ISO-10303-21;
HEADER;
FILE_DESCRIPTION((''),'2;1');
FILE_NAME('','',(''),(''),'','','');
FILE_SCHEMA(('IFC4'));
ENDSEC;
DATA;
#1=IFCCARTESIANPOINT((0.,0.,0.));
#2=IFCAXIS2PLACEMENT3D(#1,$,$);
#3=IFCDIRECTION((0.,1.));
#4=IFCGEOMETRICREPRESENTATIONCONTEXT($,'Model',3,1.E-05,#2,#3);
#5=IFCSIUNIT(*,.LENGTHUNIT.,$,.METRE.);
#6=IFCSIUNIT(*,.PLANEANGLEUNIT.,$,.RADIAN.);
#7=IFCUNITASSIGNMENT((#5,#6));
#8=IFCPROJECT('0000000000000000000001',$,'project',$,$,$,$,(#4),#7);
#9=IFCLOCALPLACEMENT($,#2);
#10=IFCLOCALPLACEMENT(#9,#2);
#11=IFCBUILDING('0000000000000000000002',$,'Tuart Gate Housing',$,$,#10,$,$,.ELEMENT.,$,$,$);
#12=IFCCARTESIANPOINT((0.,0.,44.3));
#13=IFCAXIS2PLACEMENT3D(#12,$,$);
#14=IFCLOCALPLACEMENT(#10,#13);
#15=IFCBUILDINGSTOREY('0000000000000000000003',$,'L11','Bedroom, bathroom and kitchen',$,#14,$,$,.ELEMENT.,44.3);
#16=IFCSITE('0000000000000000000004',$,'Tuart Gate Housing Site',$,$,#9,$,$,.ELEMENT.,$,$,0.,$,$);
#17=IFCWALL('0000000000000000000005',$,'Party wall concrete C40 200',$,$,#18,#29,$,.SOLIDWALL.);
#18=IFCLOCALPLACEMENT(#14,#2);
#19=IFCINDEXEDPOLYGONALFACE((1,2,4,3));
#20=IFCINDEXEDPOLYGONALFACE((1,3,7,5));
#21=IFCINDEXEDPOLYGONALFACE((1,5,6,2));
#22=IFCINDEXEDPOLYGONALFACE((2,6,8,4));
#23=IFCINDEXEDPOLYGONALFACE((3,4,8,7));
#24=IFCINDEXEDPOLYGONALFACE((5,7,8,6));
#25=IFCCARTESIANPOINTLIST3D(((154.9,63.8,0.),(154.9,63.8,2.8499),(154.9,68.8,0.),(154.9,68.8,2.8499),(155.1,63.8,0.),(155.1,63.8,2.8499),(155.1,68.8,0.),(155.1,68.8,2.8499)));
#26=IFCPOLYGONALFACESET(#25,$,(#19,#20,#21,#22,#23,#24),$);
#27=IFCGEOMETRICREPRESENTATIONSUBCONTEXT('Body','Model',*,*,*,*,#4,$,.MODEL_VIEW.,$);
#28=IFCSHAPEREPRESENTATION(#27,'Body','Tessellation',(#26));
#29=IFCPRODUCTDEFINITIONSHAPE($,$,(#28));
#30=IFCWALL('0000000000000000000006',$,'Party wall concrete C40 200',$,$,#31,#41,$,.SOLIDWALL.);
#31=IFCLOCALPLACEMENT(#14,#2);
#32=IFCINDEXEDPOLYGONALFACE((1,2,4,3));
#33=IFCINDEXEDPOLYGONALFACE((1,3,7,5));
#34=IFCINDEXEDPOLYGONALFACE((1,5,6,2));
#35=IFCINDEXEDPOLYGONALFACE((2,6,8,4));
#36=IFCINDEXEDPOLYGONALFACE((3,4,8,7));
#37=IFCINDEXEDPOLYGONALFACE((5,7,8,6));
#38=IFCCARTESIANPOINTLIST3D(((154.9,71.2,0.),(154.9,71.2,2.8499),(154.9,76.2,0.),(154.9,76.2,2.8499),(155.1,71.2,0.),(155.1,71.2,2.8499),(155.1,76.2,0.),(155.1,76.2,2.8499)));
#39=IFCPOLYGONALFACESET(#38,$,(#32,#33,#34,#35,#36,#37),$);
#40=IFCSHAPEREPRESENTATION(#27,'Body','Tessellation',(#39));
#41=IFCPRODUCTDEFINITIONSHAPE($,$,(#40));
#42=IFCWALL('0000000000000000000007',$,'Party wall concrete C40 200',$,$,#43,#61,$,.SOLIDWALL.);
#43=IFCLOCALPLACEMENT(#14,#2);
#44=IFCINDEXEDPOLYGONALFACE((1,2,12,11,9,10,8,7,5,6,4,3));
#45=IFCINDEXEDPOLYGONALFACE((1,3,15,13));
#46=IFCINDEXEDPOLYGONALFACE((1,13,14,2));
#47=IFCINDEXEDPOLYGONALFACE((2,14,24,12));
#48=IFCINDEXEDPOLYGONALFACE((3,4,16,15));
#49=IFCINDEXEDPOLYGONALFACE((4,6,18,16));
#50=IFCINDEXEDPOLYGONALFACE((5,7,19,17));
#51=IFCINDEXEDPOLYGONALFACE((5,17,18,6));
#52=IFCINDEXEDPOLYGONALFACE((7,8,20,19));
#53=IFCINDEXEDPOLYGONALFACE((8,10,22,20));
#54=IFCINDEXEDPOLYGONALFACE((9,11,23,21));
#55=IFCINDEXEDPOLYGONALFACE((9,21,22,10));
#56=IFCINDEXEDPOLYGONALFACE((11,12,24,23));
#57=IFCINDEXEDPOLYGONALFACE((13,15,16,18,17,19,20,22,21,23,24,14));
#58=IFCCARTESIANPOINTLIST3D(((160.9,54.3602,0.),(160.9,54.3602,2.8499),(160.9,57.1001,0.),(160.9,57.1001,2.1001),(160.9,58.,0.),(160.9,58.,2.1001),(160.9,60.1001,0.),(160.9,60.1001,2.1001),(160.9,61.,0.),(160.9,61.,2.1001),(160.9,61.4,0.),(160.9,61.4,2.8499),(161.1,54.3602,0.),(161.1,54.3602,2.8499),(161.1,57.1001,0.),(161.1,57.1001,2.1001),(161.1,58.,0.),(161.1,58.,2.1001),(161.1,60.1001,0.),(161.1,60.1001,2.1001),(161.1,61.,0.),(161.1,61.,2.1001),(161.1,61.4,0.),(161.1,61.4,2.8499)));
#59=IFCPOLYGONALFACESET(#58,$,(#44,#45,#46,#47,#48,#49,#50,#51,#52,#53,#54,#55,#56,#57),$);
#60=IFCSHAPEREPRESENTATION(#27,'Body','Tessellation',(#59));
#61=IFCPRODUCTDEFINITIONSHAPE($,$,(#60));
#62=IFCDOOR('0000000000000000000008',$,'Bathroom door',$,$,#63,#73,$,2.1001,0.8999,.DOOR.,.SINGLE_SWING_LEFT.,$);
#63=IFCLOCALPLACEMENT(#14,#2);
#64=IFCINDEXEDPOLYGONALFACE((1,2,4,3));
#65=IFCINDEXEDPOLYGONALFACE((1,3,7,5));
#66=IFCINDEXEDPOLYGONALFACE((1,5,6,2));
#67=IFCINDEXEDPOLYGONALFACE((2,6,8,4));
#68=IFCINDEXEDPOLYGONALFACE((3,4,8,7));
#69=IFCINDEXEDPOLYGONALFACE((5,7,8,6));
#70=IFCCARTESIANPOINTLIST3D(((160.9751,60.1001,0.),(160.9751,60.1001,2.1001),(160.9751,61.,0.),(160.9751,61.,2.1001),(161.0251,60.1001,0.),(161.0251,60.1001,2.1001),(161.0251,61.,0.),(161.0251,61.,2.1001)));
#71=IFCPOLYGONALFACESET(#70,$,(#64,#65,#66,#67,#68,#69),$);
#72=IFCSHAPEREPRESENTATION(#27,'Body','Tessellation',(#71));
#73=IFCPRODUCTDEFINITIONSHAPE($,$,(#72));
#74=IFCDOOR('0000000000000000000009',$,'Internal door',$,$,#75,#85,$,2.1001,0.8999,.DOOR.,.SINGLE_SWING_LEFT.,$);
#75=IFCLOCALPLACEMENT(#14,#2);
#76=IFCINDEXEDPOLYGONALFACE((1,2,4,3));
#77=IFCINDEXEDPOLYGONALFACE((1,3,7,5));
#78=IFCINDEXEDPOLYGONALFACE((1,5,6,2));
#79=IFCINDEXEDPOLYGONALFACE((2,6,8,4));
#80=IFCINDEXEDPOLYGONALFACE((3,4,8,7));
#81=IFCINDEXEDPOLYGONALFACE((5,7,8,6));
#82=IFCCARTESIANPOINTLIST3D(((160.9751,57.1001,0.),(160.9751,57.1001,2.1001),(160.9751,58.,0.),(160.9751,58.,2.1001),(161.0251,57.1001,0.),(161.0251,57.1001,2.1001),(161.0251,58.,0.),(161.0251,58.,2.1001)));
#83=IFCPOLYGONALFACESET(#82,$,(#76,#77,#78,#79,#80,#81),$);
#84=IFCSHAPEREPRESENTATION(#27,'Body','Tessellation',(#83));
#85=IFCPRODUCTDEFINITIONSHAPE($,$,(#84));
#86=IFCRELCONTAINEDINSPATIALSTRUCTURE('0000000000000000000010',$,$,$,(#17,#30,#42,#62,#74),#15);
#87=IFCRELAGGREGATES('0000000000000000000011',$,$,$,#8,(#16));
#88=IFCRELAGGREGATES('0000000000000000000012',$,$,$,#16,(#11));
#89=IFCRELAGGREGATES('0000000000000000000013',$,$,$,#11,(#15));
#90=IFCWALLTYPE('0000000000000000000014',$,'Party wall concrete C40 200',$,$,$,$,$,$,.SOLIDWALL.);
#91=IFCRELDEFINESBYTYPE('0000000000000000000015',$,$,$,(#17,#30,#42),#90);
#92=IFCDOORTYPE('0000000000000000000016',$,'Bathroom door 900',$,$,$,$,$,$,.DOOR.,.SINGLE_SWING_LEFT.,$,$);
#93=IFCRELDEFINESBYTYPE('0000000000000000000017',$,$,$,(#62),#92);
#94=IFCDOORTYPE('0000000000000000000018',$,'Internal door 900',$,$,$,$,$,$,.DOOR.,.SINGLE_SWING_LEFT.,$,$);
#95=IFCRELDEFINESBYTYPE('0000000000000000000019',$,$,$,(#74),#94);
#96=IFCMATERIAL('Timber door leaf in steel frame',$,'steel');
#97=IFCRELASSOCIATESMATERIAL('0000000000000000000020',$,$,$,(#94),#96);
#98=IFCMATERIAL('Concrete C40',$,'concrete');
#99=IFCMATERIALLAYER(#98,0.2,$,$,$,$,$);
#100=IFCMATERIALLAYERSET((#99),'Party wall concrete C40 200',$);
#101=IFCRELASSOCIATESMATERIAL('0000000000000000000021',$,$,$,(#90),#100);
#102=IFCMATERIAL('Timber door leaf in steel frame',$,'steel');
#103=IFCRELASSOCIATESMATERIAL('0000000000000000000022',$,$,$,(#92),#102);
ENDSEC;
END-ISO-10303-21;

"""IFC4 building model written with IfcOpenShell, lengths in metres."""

from ifc_helpers import new_model, si_unit, direction, frame, frame_2d, origin, place, context, subcontext, project, spatial, rectangle, extrude, material, layer, layer_set, type_object, element, fill, save


model = new_model("IFC4")

# Units and contexts
model_context = context("Model", 3, precision=1e-05, world=origin(), true_north=direction((0.0, 1.0)))
body_context = subcontext(model_context, "Body", "Model", "MODEL_VIEW")
ifc_project = project(units=[si_unit("LENGTHUNIT", "METRE"), si_unit("PLANEANGLEUNIT", "RADIAN")], contexts=[model_context])

# Site, building, storey
site_placement = place(None, origin())
site = spatial("IfcSite", under=ifc_project, at=site_placement, Name="Tuart Gate Housing Site", CompositionType="ELEMENT", RefElevation=0.0)
building_placement = place(site_placement, origin())
building = spatial("IfcBuilding", under=site, at=building_placement, Name="Tuart Gate Housing", CompositionType="ELEMENT")
storey_placement = place(building_placement, frame((0.0, 0.0, 44.3)))
storey = spatial("IfcBuildingStorey", under=building, at=storey_placement, Name="L11", Description="Bedroom, bathroom and kitchen", CompositionType="ELEMENT", Elevation=44.3)

# Shared definitions
ifc_material_1 = material(Name="Timber door leaf in steel frame", Category="steel")
door_type_1 = type_object("IfcDoorType", Name="Internal door 900", OperationType="SINGLE_SWING_LEFT", PredefinedType="DOOR", material=ifc_material_1)

# Walls
ifc_material_2 = material(Name="Concrete C40", Category="concrete")
ifc_layer_1 = layer(ifc_material_2, 0.2)
ifc_layer_set_1 = layer_set([ifc_layer_1], Name="Party wall concrete C40 200")
wall_type_1 = type_object("IfcWallType", Name="Party wall concrete C40 200", PredefinedType="SOLIDWALL", material=ifc_layer_set_1)
for number, where, z_axis, x_axis, name in (
    (1, (155.0, 63.8, 0.0), (0.0, 0.0, 1.0), (0.0, 1.0, 0.0), "Party wall concrete C40 200"),
    (2, (155.0, 71.2, 0.0), (0.0, 0.0, 1.0), (0.0, 1.0, 0.0), "Party wall concrete C40 200"),
):
    element("IfcWall", number, at=place(storey_placement, frame(where, z_axis=z_axis, x_axis=x_axis)), inside=storey, type_object=wall_type_1, Name=name, PredefinedType="SOLIDWALL", context=body_context, shape_type="SweptSolid", body=[
        extrude(rectangle(XDim=5.0, YDim=0.2, at=frame_2d((2.5, 0.0))), origin(), (0.0, 0.0, 1.0), 2.8499),
    ])

# Wall, openings, doors
wall_1_placement = place(storey_placement, frame((161.0, 54.3601, 0.0), z_axis=(0.0, 0.0, 1.0), x_axis=(0.0, 1.0, 0.0)))
wall_1 = element("IfcWall", 3, at=wall_1_placement, inside=storey, type_object=wall_type_1, Name="Party wall concrete C40 200", PredefinedType="SOLIDWALL", context=body_context, shape_type="SweptSolid", body=[
    extrude(rectangle(XDim=7.0398, YDim=0.2, at=frame_2d((3.52, 0.0))), origin(), (0.0, 0.0, 1.0), 2.8499),
])
opening_1_placement = place(wall_1_placement, frame((2.74, 0.0, 0.0)))
opening_1 = element("IfcOpeningElement", 4, at=opening_1_placement, cuts=wall_1, PredefinedType="OPENING", context=body_context, shape_type="SweptSolid", body=[
    extrude(rectangle(XDim=0.8999, YDim=2.1001, at=frame_2d((0.45, 1.05))), frame((0.0, 0.1099, 0.0), z_axis=(0.0, -1.0, 0.0), x_axis=(1.0, 0.0, 0.0)), (0.0, 0.0, 1.0), 0.22),
])
opening_2_placement = place(wall_1_placement, frame((5.74, 0.0, 0.0)))
opening_2 = element("IfcOpeningElement", 5, at=opening_2_placement, cuts=wall_1, PredefinedType="OPENING", context=body_context, shape_type="SweptSolid", body=[
    extrude(rectangle(XDim=0.8999, YDim=2.1001, at=frame_2d((0.45, 1.05))), frame((0.0, 0.1099, 0.0), z_axis=(0.0, -1.0, 0.0), x_axis=(1.0, 0.0, 0.0)), (0.0, 0.0, 1.0), 0.22),
])
ifc_material_3 = material(Name="Timber door leaf in steel frame", Category="steel")
door_type_2 = type_object("IfcDoorType", Name="Bathroom door 900", OperationType="SINGLE_SWING_LEFT", PredefinedType="DOOR", material=ifc_material_3)
door_1_placement = place(opening_2_placement, frame((0.8999, 0.0, 0.0), z_axis=(0.0, 0.0, 1.0), x_axis=(-1.0, 0.0, 0.0)))
door_1 = element("IfcDoor", 6, at=door_1_placement, inside=storey, type_object=door_type_2, Name="Bathroom door", OperationType="SINGLE_SWING_LEFT", OverallHeight=2.1001, OverallWidth=0.8999, PredefinedType="DOOR", context=body_context, shape_type="SweptSolid", body=[
    extrude(rectangle(XDim=0.8999, YDim=2.1001, at=frame_2d((0.45, 1.05))), frame((0.0, 0.0251, 0.0), z_axis=(0.0, -1.0, 0.0), x_axis=(1.0, 0.0, 0.0)), (0.0, 0.0, 1.0), 0.05),
])
fill(opening_2, door_1)
door_2_placement = place(opening_1_placement, frame((0.8999, 0.0, 0.0), z_axis=(0.0, 0.0, 1.0), x_axis=(-1.0, 0.0, 0.0)))
door_2 = element("IfcDoor", 7, at=door_2_placement, inside=storey, type_object=door_type_1, Name="Internal door", OperationType="SINGLE_SWING_LEFT", OverallHeight=2.1001, OverallWidth=0.8999, PredefinedType="DOOR", context=body_context, shape_type="SweptSolid", body=[
    extrude(rectangle(XDim=0.8999, YDim=2.1001, at=frame_2d((0.45, 1.05))), frame((0.0, 0.0251, 0.0), z_axis=(0.0, -1.0, 0.0), x_axis=(1.0, 0.0, 0.0)), (0.0, 0.0, 1.0), 0.05),
])
fill(opening_1, door_2)

save(model, "model.ifc")
